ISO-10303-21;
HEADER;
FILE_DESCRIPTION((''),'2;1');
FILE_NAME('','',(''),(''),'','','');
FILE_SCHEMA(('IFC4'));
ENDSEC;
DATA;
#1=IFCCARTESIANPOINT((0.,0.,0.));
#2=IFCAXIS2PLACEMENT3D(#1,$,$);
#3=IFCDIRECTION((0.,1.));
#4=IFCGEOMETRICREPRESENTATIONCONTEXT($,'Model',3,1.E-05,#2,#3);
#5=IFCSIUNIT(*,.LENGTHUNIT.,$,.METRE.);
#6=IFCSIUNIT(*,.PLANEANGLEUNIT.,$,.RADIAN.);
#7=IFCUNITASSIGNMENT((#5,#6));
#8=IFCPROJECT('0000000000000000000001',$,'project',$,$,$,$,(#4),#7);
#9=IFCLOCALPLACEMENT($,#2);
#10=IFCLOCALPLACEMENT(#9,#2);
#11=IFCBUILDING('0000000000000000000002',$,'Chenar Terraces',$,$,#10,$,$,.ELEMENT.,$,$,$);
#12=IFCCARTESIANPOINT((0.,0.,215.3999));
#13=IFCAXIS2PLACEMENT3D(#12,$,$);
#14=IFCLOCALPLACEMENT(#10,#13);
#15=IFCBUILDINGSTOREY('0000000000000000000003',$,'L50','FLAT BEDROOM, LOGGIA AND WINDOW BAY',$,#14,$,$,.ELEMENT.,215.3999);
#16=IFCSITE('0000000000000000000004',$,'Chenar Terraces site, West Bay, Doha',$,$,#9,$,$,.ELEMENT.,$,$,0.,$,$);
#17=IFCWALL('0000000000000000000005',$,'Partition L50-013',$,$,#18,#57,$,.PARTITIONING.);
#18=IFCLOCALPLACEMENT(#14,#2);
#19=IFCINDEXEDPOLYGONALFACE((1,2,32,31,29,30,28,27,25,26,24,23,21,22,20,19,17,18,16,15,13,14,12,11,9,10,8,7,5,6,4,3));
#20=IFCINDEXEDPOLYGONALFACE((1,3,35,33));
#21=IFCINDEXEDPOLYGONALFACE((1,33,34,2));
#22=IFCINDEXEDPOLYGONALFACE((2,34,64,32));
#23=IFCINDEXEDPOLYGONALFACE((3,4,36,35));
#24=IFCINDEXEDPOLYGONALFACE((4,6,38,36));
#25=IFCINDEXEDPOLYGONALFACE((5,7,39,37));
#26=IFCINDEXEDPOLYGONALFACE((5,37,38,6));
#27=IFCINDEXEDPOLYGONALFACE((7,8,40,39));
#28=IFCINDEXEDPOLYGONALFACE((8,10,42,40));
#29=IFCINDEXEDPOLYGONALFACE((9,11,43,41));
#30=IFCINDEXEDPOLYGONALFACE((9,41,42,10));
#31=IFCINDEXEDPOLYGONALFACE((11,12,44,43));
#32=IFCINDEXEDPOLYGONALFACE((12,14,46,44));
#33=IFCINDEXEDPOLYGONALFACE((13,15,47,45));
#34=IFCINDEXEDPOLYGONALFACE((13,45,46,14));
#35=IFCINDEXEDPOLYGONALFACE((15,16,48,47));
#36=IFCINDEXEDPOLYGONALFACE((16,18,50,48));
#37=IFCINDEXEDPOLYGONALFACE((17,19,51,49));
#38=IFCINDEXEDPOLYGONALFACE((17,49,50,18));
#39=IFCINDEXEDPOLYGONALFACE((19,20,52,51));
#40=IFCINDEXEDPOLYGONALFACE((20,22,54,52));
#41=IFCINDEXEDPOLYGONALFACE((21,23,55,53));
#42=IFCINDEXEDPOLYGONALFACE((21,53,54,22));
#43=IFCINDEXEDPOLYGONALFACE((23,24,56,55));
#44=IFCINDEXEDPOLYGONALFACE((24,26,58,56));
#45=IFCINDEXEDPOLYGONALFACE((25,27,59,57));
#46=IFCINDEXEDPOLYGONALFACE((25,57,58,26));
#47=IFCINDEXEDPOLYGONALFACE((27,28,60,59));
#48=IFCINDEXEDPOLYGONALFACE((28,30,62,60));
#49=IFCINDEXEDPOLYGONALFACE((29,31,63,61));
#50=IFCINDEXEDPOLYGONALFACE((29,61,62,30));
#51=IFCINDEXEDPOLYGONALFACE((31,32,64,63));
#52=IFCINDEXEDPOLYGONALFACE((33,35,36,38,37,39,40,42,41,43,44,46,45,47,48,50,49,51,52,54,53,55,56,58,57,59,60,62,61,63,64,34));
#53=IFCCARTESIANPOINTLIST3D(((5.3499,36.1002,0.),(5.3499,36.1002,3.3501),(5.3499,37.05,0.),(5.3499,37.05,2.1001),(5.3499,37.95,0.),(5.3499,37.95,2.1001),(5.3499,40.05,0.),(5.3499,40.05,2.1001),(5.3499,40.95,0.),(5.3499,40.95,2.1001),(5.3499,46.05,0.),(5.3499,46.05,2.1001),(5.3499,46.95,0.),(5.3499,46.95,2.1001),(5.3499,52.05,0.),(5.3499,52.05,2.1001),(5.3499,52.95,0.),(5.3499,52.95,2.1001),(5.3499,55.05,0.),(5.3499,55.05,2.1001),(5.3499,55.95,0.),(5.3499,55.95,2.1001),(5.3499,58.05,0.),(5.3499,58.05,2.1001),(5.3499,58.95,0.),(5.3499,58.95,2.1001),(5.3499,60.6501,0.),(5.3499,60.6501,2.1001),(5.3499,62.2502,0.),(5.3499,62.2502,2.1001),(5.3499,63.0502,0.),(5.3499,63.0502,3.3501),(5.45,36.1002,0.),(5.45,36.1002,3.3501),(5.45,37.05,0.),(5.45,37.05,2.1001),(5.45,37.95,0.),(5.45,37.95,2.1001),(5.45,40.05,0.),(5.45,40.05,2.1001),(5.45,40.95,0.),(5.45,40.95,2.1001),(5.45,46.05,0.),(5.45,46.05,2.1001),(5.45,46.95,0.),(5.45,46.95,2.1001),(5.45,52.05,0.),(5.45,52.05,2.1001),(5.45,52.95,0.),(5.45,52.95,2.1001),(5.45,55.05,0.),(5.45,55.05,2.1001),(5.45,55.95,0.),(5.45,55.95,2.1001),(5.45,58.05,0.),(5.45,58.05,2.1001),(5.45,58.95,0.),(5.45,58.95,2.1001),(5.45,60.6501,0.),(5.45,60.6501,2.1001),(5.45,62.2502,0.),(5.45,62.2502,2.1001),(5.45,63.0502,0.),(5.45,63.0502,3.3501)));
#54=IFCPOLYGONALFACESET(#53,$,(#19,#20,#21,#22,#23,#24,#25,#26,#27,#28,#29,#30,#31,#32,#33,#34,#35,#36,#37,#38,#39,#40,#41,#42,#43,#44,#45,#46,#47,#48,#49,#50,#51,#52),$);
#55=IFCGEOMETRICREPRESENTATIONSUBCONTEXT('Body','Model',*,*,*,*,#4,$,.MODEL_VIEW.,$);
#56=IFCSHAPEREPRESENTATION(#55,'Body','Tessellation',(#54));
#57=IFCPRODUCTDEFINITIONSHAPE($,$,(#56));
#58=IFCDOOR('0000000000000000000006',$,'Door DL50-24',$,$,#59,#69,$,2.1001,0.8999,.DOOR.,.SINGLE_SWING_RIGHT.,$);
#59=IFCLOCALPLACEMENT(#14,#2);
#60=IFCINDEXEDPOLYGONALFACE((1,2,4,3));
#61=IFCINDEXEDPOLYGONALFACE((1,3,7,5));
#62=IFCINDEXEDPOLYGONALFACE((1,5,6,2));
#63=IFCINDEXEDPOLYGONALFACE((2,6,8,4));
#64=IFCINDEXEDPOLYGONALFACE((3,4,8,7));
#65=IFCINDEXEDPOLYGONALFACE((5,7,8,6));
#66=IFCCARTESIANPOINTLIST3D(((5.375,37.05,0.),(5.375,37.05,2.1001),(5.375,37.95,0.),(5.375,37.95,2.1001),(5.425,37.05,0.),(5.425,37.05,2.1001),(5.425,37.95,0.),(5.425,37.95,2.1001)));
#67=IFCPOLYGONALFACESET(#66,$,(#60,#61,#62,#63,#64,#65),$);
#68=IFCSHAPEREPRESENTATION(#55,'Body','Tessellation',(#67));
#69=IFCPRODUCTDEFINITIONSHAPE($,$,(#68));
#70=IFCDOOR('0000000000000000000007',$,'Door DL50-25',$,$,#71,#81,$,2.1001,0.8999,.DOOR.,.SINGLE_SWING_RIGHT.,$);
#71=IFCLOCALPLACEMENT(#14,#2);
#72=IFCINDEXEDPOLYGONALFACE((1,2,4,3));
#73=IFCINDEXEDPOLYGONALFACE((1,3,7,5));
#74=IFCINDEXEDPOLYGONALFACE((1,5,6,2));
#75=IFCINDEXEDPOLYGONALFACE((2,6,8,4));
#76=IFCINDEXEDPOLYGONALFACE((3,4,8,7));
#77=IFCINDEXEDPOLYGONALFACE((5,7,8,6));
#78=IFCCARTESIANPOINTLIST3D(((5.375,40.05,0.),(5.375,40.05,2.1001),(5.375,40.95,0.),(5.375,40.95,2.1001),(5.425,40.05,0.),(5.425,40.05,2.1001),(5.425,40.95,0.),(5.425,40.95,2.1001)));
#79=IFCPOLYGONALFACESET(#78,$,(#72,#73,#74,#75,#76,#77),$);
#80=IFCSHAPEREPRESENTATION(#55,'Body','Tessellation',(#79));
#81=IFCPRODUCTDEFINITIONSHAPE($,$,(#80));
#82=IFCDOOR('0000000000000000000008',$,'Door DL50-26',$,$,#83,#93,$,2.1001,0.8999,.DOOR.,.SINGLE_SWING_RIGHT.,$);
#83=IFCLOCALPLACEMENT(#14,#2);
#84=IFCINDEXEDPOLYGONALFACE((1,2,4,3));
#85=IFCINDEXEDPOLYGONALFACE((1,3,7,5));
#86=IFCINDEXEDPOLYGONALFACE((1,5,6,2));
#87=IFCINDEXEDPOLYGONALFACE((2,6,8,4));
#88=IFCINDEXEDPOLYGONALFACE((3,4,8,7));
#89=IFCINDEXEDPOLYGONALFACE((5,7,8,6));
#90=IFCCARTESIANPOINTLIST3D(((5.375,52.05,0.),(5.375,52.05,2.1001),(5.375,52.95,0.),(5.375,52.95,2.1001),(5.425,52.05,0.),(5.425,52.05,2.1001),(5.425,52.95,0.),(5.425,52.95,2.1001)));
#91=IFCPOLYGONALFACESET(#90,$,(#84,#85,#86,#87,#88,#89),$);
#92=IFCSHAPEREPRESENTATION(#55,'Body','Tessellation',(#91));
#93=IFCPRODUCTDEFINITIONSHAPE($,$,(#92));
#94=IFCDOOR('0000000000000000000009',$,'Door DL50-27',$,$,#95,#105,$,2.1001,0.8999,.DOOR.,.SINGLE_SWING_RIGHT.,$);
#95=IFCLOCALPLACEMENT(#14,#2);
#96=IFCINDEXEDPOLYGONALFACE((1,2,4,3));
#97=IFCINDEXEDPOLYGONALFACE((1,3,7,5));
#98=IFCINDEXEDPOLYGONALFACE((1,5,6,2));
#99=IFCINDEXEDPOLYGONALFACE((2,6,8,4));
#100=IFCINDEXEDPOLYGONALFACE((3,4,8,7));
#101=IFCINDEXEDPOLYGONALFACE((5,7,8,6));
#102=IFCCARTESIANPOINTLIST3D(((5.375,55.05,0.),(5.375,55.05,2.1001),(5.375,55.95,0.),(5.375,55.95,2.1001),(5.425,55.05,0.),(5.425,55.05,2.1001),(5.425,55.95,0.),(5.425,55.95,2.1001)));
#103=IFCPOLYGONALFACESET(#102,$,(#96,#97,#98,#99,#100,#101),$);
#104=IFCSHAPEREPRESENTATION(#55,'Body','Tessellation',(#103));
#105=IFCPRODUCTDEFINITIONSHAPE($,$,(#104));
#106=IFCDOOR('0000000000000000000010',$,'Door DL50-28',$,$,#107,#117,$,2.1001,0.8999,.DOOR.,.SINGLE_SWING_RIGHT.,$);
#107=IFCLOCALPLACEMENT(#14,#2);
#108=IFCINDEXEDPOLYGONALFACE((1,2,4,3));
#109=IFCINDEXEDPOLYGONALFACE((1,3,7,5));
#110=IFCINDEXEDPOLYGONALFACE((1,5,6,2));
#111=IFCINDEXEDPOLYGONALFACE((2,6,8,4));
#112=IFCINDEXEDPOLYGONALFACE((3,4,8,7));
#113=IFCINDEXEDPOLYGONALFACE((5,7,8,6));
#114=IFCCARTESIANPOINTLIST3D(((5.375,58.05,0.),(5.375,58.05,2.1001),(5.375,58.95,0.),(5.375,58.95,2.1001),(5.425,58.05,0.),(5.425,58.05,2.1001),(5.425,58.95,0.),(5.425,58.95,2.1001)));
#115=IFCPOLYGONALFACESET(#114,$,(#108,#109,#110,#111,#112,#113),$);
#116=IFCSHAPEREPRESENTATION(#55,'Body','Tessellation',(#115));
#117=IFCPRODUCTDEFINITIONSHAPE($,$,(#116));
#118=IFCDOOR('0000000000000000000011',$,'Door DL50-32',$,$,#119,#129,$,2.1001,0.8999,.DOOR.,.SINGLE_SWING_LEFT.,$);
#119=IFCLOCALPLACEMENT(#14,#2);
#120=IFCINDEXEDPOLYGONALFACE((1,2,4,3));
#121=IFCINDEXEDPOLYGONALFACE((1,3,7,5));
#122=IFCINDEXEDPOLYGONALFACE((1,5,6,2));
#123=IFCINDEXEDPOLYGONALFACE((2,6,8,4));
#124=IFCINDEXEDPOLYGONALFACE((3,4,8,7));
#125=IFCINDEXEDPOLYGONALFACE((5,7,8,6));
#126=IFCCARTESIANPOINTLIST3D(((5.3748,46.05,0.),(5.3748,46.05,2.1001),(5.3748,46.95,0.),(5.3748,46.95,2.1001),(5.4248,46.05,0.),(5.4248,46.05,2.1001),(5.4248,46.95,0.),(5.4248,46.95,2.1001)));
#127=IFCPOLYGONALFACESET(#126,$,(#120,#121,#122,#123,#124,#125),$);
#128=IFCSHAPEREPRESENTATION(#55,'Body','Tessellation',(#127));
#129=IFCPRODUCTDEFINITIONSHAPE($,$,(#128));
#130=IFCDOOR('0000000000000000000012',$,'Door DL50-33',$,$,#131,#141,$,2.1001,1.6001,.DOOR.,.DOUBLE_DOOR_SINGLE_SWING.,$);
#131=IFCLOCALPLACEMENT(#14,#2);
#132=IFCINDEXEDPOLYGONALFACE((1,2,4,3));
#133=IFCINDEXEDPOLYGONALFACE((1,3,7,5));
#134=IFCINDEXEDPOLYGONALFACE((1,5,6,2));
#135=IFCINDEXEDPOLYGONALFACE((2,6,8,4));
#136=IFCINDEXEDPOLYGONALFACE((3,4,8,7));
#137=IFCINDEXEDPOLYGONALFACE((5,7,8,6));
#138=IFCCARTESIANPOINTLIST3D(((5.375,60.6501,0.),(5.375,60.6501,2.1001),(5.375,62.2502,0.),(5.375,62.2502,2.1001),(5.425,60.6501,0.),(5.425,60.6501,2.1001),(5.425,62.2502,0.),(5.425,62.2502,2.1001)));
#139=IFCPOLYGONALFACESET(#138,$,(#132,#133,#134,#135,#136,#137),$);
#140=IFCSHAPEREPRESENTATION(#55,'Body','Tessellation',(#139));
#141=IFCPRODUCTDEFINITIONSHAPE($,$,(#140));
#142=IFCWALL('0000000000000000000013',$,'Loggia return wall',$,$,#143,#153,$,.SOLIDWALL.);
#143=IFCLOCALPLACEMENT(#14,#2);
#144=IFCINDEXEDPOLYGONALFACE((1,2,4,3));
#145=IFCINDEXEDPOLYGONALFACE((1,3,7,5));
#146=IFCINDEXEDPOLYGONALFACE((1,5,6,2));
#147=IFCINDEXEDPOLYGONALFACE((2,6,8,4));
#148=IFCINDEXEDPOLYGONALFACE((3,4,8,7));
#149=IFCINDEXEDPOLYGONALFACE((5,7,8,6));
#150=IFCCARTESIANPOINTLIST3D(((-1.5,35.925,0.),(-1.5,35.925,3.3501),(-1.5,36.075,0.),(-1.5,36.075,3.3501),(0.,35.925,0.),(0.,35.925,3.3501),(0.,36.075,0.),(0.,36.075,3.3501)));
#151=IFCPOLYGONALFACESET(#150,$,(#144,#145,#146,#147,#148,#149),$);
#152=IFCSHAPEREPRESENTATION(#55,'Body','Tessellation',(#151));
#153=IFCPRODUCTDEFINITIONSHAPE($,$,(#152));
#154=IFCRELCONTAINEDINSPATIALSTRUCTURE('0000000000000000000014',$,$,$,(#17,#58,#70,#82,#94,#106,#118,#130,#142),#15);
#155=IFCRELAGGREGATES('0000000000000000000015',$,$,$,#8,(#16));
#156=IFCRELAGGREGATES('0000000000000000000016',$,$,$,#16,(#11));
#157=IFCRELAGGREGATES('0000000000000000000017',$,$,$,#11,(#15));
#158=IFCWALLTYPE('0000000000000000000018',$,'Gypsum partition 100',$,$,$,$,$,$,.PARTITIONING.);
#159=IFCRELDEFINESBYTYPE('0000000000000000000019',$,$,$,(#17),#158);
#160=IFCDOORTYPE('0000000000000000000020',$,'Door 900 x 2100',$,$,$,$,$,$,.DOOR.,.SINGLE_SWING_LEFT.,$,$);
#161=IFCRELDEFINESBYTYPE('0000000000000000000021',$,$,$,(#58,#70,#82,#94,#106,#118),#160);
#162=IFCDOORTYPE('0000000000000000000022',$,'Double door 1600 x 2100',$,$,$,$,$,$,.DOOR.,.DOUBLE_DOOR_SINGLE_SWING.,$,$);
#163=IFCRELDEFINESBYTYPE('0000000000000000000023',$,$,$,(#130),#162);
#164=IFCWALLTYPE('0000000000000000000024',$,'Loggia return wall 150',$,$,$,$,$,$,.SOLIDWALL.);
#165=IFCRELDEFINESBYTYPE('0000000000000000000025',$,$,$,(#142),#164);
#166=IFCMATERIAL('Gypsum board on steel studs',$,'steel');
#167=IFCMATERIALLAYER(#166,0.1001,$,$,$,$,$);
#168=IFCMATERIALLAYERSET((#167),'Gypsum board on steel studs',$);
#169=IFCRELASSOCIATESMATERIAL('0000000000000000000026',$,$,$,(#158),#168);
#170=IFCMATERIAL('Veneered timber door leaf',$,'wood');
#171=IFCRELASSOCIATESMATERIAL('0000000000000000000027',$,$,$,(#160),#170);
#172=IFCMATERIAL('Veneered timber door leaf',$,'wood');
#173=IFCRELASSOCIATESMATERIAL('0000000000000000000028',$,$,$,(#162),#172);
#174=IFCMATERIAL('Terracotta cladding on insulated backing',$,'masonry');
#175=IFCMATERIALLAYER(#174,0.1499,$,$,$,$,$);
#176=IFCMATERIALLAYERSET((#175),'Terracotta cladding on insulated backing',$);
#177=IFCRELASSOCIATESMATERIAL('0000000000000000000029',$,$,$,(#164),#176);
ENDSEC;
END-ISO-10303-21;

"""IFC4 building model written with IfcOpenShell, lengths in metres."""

from ifc_helpers import new_model, si_unit, direction, frame, frame_2d, origin, place, context, subcontext, project, spatial, rectangle, extrude, material, layer, layer_set, type_object, element, fill, save


model = new_model("IFC4")

# Units and contexts
model_context = context("Model", 3, precision=1e-05, world=origin(), true_north=direction((0.0, 1.0)))
body_context = subcontext(model_context, "Body", "Model", "MODEL_VIEW")
ifc_project = project(units=[si_unit("LENGTHUNIT", "METRE"), si_unit("PLANEANGLEUNIT", "RADIAN")], contexts=[model_context])

# Site, building, storey
site_placement = place(None, origin())
site = spatial("IfcSite", under=ifc_project, at=site_placement, Name="Chenar Terraces site, West Bay, Doha", CompositionType="ELEMENT", RefElevation=0.0)
building_placement = place(site_placement, origin())
building = spatial("IfcBuilding", under=site, at=building_placement, Name="Chenar Terraces", CompositionType="ELEMENT")
storey_placement = place(building_placement, frame((0.0, 0.0, 215.3999)))
storey = spatial("IfcBuildingStorey", under=building, at=storey_placement, Name="L50", Description="FLAT BEDROOM, LOGGIA AND WINDOW BAY", CompositionType="ELEMENT", Elevation=215.3999)

# Shared definitions
ifc_material_1 = material(Name="Gypsum board on steel studs", Category="steel")
ifc_layer_1 = layer(ifc_material_1, 0.1001)
ifc_layer_set_1 = layer_set([ifc_layer_1], Name="Gypsum board on steel studs")
wall_type_1 = type_object("IfcWallType", Name="Gypsum partition 100", PredefinedType="PARTITIONING", material=ifc_layer_set_1)

# Wall, openings, doors
wall_1_placement = place(storey_placement, frame((5.3999, 36.1001, 0.0), z_axis=(0.0, 0.0, 1.0), x_axis=(0.0, 1.0, 0.0)))
wall_1 = element("IfcWall", 1, at=wall_1_placement, inside=storey, type_object=wall_type_1, Name="Partition L50-013", PredefinedType="PARTITIONING", context=body_context, shape_type="SweptSolid", body=[
    extrude(rectangle(XDim=26.95, YDim=0.1001, at=frame_2d((13.4751, 0.0))), origin(), (0.0, 0.0, 1.0), 3.3501),
])
opening_1_placement = place(wall_1_placement, frame((0.95, 0.0, 0.0)))
opening_1 = element("IfcOpeningElement", 2, at=opening_1_placement, cuts=wall_1, PredefinedType="OPENING", context=body_context, shape_type="SweptSolid", body=[
    extrude(rectangle(XDim=0.8999, YDim=2.1001, at=frame_2d((0.45, 1.05))), frame((0.0, 0.0601, 0.0), z_axis=(0.0, -1.0, 0.0), x_axis=(1.0, 0.0, 0.0)), (0.0, 0.0, 1.0), 0.1201),
])
opening_2_placement = place(wall_1_placement, frame((3.95, 0.0, 0.0)))
opening_2 = element("IfcOpeningElement", 3, at=opening_2_placement, cuts=wall_1, PredefinedType="OPENING", context=body_context, shape_type="SweptSolid", body=[
    extrude(rectangle(XDim=0.8999, YDim=2.1001, at=frame_2d((0.45, 1.05))), frame((0.0, 0.0601, 0.0), z_axis=(0.0, -1.0, 0.0), x_axis=(1.0, 0.0, 0.0)), (0.0, 0.0, 1.0), 0.1201),
])
opening_3_placement = place(wall_1_placement, frame((15.95, 0.0, 0.0)))
opening_3 = element("IfcOpeningElement", 4, at=opening_3_placement, cuts=wall_1, PredefinedType="OPENING", context=body_context, shape_type="SweptSolid", body=[
    extrude(rectangle(XDim=0.8999, YDim=2.1001, at=frame_2d((0.45, 1.05))), frame((0.0, 0.0601, 0.0), z_axis=(0.0, -1.0, 0.0), x_axis=(1.0, 0.0, 0.0)), (0.0, 0.0, 1.0), 0.1201),
])
opening_4_placement = place(wall_1_placement, frame((18.95, 0.0, 0.0)))
opening_4 = element("IfcOpeningElement", 5, at=opening_4_placement, cuts=wall_1, PredefinedType="OPENING", context=body_context, shape_type="SweptSolid", body=[
    extrude(rectangle(XDim=0.8999, YDim=2.1001, at=frame_2d((0.45, 1.05))), frame((0.0, 0.0601, 0.0), z_axis=(0.0, -1.0, 0.0), x_axis=(1.0, 0.0, 0.0)), (0.0, 0.0, 1.0), 0.1201),
])
opening_5_placement = place(wall_1_placement, frame((21.95, 0.0, 0.0)))
opening_5 = element("IfcOpeningElement", 6, at=opening_5_placement, cuts=wall_1, PredefinedType="OPENING", context=body_context, shape_type="SweptSolid", body=[
    extrude(rectangle(XDim=0.8999, YDim=2.1001, at=frame_2d((0.45, 1.05))), frame((0.0, 0.0601, 0.0), z_axis=(0.0, -1.0, 0.0), x_axis=(1.0, 0.0, 0.0)), (0.0, 0.0, 1.0), 0.1201),
])
opening_6_placement = place(wall_1_placement, frame((9.95, 0.0, 0.0)))
opening_6 = element("IfcOpeningElement", 7, at=opening_6_placement, cuts=wall_1, PredefinedType="OPENING", context=body_context, shape_type="SweptSolid", body=[
    extrude(rectangle(XDim=0.8999, YDim=2.1001, at=frame_2d((0.45, 1.05))), frame((0.0, 0.0601, 0.0), z_axis=(0.0, -1.0, 0.0), x_axis=(1.0, 0.0, 0.0)), (0.0, 0.0, 1.0), 0.1201),
])
opening_7_placement = place(wall_1_placement, frame((24.55, 0.0, 0.0)))
opening_7 = element("IfcOpeningElement", 8, at=opening_7_placement, cuts=wall_1, PredefinedType="OPENING", context=body_context, shape_type="SweptSolid", body=[
    extrude(rectangle(XDim=1.6001, YDim=2.1001, at=frame_2d((0.8, 1.05))), frame((0.0, 0.0601, 0.0), z_axis=(0.0, -1.0, 0.0), x_axis=(1.0, 0.0, 0.0)), (0.0, 0.0, 1.0), 0.1201),
])
ifc_material_2 = material(Name="Veneered timber door leaf", Category="wood")
door_type_1 = type_object("IfcDoorType", Name="Door 900 x 2100", OperationType="SINGLE_SWING_LEFT", PredefinedType="DOOR", material=ifc_material_2)
door_1_placement = place(opening_1_placement, origin())
door_1 = element("IfcDoor", 9, at=door_1_placement, inside=storey, type_object=door_type_1, Name="Door DL50-24", OperationType="SINGLE_SWING_RIGHT", OverallHeight=2.1001, OverallWidth=0.8999, PredefinedType="DOOR", context=body_context, shape_type="SweptSolid", body=[
    extrude(rectangle(XDim=0.8999, YDim=2.1001, at=frame_2d((0.45, 1.05))), frame((0.0, 0.0249, 0.0), z_axis=(0.0, -1.0, 0.0), x_axis=(1.0, 0.0, 0.0)), (0.0, 0.0, 1.0), 0.05),
])
fill(opening_1, door_1)
door_2_placement = place(opening_2_placement, origin())
door_2 = element("IfcDoor", 10, at=door_2_placement, inside=storey, type_object=door_type_1, Name="Door DL50-25", OperationType="SINGLE_SWING_RIGHT", OverallHeight=2.1001, OverallWidth=0.8999, PredefinedType="DOOR", context=body_context, shape_type="SweptSolid", body=[
    extrude(rectangle(XDim=0.8999, YDim=2.1001, at=frame_2d((0.45, 1.05))), frame((0.0, 0.0249, 0.0), z_axis=(0.0, -1.0, 0.0), x_axis=(1.0, 0.0, 0.0)), (0.0, 0.0, 1.0), 0.05),
])
fill(opening_2, door_2)
door_3_placement = place(opening_3_placement, origin())
door_3 = element("IfcDoor", 11, at=door_3_placement, inside=storey, type_object=door_type_1, Name="Door DL50-26", OperationType="SINGLE_SWING_RIGHT", OverallHeight=2.1001, OverallWidth=0.8999, PredefinedType="DOOR", context=body_context, shape_type="SweptSolid", body=[
    extrude(rectangle(XDim=0.8999, YDim=2.1001, at=frame_2d((0.45, 1.05))), frame((0.0, 0.0249, 0.0), z_axis=(0.0, -1.0, 0.0), x_axis=(1.0, 0.0, 0.0)), (0.0, 0.0, 1.0), 0.05),
])
fill(opening_3, door_3)
door_4_placement = place(opening_4_placement, origin())
door_4 = element("IfcDoor", 12, at=door_4_placement, inside=storey, type_object=door_type_1, Name="Door DL50-27", OperationType="SINGLE_SWING_RIGHT", OverallHeight=2.1001, OverallWidth=0.8999, PredefinedType="DOOR", context=body_context, shape_type="SweptSolid", body=[
    extrude(rectangle(XDim=0.8999, YDim=2.1001, at=frame_2d((0.45, 1.05))), frame((0.0, 0.0249, 0.0), z_axis=(0.0, -1.0, 0.0), x_axis=(1.0, 0.0, 0.0)), (0.0, 0.0, 1.0), 0.05),
])
fill(opening_4, door_4)
door_5_placement = place(opening_5_placement, origin())
door_5 = element("IfcDoor", 13, at=door_5_placement, inside=storey, type_object=door_type_1, Name="Door DL50-28", OperationType="SINGLE_SWING_RIGHT", OverallHeight=2.1001, OverallWidth=0.8999, PredefinedType="DOOR", context=body_context, shape_type="SweptSolid", body=[
    extrude(rectangle(XDim=0.8999, YDim=2.1001, at=frame_2d((0.45, 1.05))), frame((0.0, 0.0249, 0.0), z_axis=(0.0, -1.0, 0.0), x_axis=(1.0, 0.0, 0.0)), (0.0, 0.0, 1.0), 0.05),
])
fill(opening_5, door_5)
door_6_placement = place(opening_6_placement, frame((0.8999, 0.0, 0.0), z_axis=(0.0, 0.0, 1.0), x_axis=(-1.0, 0.0, 0.0)))
door_6 = element("IfcDoor", 14, at=door_6_placement, inside=storey, type_object=door_type_1, Name="Door DL50-32", OperationType="SINGLE_SWING_LEFT", OverallHeight=2.1001, OverallWidth=0.8999, PredefinedType="DOOR", context=body_context, shape_type="SweptSolid", body=[
    extrude(rectangle(XDim=0.8999, YDim=2.1001, at=frame_2d((0.45, 1.05))), frame((0.0, 0.0249, 0.0), z_axis=(0.0, -1.0, 0.0), x_axis=(1.0, 0.0, 0.0)), (0.0, 0.0, 1.0), 0.05),
])
fill(opening_6, door_6)
ifc_material_3 = material(Name="Veneered timber door leaf", Category="wood")
door_type_2 = type_object("IfcDoorType", Name="Double door 1600 x 2100", OperationType="DOUBLE_DOOR_SINGLE_SWING", PredefinedType="DOOR", material=ifc_material_3)
door_7_placement = place(opening_7_placement, origin())
door_7 = element("IfcDoor", 15, at=door_7_placement, inside=storey, type_object=door_type_2, Name="Door DL50-33", OperationType="DOUBLE_DOOR_SINGLE_SWING", OverallHeight=2.1001, OverallWidth=1.6001, PredefinedType="DOOR", context=body_context, shape_type="SweptSolid", body=[
    extrude(rectangle(XDim=1.6001, YDim=2.1001, at=frame_2d((0.8, 1.05))), frame((0.0, 0.0249, 0.0), z_axis=(0.0, -1.0, 0.0), x_axis=(1.0, 0.0, 0.0)), (0.0, 0.0, 1.0), 0.05),
])
fill(opening_7, door_7)

# Wall
ifc_material_4 = material(Name="Terracotta cladding on insulated backing", Category="masonry")
ifc_layer_2 = layer(ifc_material_4, 0.1499)
ifc_layer_set_2 = layer_set([ifc_layer_2], Name="Terracotta cladding on insulated backing")
wall_type_2 = type_object("IfcWallType", Name="Loggia return wall 150", PredefinedType="SOLIDWALL", material=ifc_layer_set_2)
wall_2_placement = place(storey_placement, frame((-1.5, 36.0, 0.0), z_axis=(0.0, 0.0, 1.0), x_axis=(1.0, 0.0, 0.0)))
element("IfcWall", 16, at=wall_2_placement, inside=storey, type_object=wall_type_2, Name="Loggia return wall", PredefinedType="SOLIDWALL", context=body_context, shape_type="SweptSolid", body=[
    extrude(rectangle(XDim=1.5, YDim=0.1499, at=frame_2d((0.75, 0.0))), origin(), (0.0, 0.0, 1.0), 3.3501),
])

save(model, "model.ifc")
